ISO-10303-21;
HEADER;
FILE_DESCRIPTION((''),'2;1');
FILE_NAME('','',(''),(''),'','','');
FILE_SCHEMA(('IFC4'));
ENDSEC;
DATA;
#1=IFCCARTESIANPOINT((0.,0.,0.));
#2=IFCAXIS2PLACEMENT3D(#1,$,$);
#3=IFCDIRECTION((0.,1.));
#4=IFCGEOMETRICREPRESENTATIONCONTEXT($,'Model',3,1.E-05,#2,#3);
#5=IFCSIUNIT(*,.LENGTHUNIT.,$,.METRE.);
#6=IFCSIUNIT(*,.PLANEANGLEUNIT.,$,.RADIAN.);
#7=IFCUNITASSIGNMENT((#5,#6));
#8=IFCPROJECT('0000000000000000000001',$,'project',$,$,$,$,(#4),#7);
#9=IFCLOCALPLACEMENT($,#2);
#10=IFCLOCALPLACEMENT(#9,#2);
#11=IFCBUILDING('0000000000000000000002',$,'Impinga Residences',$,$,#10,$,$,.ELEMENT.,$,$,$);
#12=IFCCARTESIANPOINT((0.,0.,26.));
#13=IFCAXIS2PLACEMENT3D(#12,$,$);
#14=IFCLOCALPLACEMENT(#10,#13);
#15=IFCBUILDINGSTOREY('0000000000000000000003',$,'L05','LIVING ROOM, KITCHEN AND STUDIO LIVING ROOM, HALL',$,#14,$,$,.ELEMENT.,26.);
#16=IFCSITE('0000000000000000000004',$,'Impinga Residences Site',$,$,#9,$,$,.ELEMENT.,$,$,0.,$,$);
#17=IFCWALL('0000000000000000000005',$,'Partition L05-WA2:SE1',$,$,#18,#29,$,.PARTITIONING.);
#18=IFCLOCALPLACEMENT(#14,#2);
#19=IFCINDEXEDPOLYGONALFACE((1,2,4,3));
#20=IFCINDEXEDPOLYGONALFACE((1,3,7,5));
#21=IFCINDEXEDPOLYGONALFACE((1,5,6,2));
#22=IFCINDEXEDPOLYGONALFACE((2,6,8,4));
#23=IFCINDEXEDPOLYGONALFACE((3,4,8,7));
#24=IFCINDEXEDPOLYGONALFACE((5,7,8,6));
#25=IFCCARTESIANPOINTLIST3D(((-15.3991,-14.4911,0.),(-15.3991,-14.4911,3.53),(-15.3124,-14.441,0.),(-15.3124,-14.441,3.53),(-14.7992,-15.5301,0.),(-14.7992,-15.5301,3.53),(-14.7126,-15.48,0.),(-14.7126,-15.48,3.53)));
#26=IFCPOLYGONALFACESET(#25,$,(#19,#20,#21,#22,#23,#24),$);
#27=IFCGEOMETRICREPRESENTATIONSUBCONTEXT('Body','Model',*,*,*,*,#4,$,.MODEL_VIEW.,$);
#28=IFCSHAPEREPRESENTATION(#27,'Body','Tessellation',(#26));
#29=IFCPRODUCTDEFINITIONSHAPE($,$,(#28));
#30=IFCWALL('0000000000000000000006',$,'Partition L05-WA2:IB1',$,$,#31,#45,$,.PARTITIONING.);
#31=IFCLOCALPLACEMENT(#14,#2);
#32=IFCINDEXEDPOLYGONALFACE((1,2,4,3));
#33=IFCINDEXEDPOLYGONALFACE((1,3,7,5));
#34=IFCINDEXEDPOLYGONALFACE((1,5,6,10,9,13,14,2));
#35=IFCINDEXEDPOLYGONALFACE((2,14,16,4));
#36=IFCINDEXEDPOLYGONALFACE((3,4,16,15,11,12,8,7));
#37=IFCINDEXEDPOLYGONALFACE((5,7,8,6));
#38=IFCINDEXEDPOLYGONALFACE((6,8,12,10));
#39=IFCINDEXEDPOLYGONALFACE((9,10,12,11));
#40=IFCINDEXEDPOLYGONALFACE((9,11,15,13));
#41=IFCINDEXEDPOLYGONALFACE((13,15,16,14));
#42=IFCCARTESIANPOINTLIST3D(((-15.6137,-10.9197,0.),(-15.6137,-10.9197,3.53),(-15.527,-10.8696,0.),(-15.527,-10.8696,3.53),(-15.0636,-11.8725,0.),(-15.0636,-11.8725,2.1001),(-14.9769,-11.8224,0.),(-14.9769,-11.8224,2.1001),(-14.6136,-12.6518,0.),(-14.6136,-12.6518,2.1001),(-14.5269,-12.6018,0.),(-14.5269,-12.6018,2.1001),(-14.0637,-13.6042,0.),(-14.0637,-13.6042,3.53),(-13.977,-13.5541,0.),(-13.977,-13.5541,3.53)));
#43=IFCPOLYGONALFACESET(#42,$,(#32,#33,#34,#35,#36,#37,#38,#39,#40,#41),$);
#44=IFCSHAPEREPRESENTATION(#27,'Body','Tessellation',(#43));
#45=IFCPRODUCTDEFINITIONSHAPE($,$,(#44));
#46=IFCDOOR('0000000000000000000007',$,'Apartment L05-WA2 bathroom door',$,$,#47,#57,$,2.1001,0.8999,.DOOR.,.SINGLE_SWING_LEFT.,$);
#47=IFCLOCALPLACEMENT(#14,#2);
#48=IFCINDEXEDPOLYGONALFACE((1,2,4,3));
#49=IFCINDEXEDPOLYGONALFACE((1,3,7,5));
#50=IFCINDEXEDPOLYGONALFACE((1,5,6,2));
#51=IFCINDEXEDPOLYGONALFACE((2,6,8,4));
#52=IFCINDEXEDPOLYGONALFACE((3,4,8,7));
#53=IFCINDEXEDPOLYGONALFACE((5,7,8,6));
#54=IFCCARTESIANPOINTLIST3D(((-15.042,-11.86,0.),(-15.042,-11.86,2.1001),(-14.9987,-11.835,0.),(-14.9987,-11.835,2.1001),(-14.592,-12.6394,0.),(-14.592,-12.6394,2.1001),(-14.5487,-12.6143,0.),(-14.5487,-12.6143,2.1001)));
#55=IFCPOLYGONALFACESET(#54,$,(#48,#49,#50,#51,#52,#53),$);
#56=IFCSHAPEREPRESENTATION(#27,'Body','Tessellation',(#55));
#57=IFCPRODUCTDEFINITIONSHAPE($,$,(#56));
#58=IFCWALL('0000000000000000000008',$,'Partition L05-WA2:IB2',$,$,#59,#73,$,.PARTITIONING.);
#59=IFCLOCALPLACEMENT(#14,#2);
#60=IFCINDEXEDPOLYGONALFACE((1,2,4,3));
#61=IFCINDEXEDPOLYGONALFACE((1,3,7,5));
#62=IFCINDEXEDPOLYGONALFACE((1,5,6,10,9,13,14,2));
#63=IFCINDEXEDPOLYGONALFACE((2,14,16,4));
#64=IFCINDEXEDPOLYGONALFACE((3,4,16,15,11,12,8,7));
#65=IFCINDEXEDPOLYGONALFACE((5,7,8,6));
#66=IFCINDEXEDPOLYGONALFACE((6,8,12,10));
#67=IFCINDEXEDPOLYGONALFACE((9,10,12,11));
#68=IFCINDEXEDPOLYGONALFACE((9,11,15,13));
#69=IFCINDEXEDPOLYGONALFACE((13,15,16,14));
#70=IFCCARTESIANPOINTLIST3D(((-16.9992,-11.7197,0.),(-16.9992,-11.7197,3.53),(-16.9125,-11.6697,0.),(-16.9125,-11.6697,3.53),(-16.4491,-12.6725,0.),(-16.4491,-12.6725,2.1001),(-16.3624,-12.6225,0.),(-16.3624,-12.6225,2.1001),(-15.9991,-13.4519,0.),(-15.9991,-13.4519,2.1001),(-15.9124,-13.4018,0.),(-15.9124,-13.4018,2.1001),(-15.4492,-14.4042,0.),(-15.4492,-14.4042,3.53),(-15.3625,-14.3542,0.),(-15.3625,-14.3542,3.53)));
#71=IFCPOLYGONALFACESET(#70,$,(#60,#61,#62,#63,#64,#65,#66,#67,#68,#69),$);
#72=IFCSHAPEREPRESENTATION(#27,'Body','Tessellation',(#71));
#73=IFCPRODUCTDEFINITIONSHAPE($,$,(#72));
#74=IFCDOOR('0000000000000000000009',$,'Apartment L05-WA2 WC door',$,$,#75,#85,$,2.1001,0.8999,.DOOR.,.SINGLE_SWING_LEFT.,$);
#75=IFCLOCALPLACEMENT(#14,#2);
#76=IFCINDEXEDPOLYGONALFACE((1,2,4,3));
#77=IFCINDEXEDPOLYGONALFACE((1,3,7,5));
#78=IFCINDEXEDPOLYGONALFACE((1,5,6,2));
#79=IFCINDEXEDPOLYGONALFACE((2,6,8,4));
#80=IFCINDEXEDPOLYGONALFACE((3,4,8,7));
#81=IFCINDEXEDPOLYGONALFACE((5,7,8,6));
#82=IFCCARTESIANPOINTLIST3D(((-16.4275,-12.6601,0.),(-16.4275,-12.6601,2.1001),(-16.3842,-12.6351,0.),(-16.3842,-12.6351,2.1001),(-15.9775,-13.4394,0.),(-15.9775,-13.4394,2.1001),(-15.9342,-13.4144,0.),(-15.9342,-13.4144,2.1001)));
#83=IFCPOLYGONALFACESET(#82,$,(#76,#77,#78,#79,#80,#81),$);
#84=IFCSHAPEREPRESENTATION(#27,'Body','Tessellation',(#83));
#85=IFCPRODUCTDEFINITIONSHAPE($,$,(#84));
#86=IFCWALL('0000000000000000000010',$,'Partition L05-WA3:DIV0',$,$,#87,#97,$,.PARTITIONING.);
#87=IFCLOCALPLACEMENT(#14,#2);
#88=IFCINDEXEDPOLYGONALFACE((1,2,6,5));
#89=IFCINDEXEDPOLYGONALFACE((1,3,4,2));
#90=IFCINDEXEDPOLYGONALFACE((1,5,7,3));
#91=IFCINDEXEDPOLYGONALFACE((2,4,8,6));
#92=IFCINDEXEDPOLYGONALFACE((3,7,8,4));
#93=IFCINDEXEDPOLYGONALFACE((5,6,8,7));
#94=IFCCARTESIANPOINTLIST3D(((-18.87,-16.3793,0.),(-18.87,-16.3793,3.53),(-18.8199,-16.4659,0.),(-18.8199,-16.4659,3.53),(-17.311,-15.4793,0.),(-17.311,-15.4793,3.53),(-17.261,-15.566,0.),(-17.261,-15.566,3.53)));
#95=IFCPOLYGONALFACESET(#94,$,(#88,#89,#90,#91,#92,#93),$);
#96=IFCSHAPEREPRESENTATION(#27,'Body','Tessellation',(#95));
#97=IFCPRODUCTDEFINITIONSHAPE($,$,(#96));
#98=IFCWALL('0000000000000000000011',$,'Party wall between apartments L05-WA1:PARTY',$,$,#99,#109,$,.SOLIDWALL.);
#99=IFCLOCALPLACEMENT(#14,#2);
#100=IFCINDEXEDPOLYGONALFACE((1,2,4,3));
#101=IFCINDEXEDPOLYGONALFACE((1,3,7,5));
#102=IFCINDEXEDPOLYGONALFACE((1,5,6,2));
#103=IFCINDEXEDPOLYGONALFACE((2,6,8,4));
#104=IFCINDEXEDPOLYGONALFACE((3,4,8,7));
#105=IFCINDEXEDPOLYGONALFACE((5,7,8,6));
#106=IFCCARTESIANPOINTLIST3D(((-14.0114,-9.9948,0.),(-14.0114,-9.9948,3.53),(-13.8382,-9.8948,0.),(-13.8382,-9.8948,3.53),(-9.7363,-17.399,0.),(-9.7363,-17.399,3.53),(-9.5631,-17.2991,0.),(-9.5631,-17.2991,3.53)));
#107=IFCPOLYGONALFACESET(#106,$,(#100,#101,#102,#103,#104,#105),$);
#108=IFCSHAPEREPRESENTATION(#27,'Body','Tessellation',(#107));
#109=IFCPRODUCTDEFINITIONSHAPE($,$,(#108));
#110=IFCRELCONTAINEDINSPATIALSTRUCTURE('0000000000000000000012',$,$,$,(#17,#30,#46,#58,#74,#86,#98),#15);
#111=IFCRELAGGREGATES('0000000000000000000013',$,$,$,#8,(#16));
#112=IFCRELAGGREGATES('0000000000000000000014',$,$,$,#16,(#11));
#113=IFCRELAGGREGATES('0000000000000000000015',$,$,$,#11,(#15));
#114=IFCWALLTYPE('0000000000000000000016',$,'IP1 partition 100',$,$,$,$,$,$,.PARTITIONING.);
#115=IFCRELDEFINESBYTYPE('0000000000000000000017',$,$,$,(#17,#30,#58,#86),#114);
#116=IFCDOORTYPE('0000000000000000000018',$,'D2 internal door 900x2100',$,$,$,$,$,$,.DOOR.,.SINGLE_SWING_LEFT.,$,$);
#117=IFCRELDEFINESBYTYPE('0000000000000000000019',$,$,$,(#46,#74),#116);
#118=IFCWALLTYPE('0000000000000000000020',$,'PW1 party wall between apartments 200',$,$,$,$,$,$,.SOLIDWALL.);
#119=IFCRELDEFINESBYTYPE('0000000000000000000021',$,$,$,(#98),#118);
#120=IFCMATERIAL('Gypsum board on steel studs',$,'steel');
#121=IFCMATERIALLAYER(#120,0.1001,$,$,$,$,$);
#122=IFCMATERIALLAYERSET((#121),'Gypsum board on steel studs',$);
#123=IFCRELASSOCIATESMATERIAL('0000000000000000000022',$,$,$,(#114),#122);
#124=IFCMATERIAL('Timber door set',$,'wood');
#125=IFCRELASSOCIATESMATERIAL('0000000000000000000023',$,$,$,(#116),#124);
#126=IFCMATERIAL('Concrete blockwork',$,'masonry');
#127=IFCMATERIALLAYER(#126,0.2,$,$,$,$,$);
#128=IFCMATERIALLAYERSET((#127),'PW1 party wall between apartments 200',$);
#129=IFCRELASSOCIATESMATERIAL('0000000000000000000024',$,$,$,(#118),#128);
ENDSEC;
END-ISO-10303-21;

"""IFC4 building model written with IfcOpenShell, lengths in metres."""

from ifc_helpers import new_model, si_unit, direction, frame, frame_2d, origin, place, context, subcontext, project, spatial, rectangle, extrude, material, layer, layer_set, type_object, element, fill, save


model = new_model("IFC4")

# Units and contexts
model_context = context("Model", 3, precision=1e-05, world=origin(), true_north=direction((0.0, 1.0)))
body_context = subcontext(model_context, "Body", "Model", "MODEL_VIEW")
ifc_project = project(units=[si_unit("LENGTHUNIT", "METRE"), si_unit("PLANEANGLEUNIT", "RADIAN")], contexts=[model_context])

# Site, building, storey
site_placement = place(None, origin())
site = spatial("IfcSite", under=ifc_project, at=site_placement, Name="Impinga Residences Site", CompositionType="ELEMENT", RefElevation=0.0)
building_placement = place(site_placement, origin())
building = spatial("IfcBuilding", under=site, at=building_placement, Name="Impinga Residences", CompositionType="ELEMENT")
storey_placement = place(building_placement, frame((0.0, 0.0, 26.0)))
storey = spatial("IfcBuildingStorey", under=building, at=storey_placement, Name="L05", Description="LIVING ROOM, KITCHEN AND STUDIO LIVING ROOM, HALL", CompositionType="ELEMENT", Elevation=26.0)

# Shared definitions
ifc_material_1 = material(Name="Gypsum board on steel studs", Category="steel")
ifc_layer_1 = layer(ifc_material_1, 0.1001)
ifc_layer_set_1 = layer_set([ifc_layer_1], Name="Gypsum board on steel studs")
wall_type_1 = type_object("IfcWallType", Name="IP1 partition 100", PredefinedType="PARTITIONING", material=ifc_layer_set_1)
ifc_material_2 = material(Name="Timber door set", Category="wood")
door_type = type_object("IfcDoorType", Name="D2 internal door 900x2100", OperationType="SINGLE_SWING_LEFT", PredefinedType="DOOR", material=ifc_material_2)

# Wall
wall_1_placement = place(storey_placement, frame((-15.3557, -14.4661, 0.0), z_axis=(0.0, 0.0, 1.0), x_axis=(0.499969, -0.866043, 0.0)))
element("IfcWall", 1, at=wall_1_placement, inside=storey, type_object=wall_type_1, Name="Partition L05-WA2:SE1", PredefinedType="PARTITIONING", context=body_context, shape_type="SweptSolid", body=[
    extrude(rectangle(XDim=1.1997, YDim=0.1001, at=frame_2d((0.5999, 0.0))), origin(), (0.0, 0.0, 1.0), 3.53),
])

# Walls, openings, doors
wall_2_placement = place(storey_placement, frame((-15.5703, -10.8948, 0.0), z_axis=(0.0, 0.0, 1.0), x_axis=(0.500027, -0.86601, 0.0)))
wall_2 = element("IfcWall", 2, at=wall_2_placement, inside=storey, type_object=wall_type_1, Name="Partition L05-WA2:IB1", PredefinedType="PARTITIONING", context=body_context, shape_type="SweptSolid", body=[
    extrude(rectangle(XDim=3.0999, YDim=0.1001, at=frame_2d((1.5498, 0.0))), origin(), (0.0, 0.0, 1.0), 3.53),
])
opening_1_placement = place(wall_2_placement, frame((1.1001, 0.0, 0.0)))
opening_1 = element("IfcOpeningElement", 3, at=opening_1_placement, cuts=wall_2, PredefinedType="OPENING", context=body_context, shape_type="SweptSolid", body=[
    extrude(rectangle(XDim=0.8999, YDim=2.1001, at=frame_2d((0.45, 1.05))), frame((0.0, 0.0601, 0.0), z_axis=(0.0, -1.0, 0.0), x_axis=(1.0, 0.0, 0.0)), (0.0, 0.0, 1.0), 0.1201),
])
door_1_placement = place(opening_1_placement, origin())
door_1 = element("IfcDoor", 4, at=door_1_placement, inside=storey, type_object=door_type, Name="Apartment L05-WA2 bathroom door", OperationType="SINGLE_SWING_LEFT", OverallHeight=2.1001, OverallWidth=0.8999, PredefinedType="DOOR", context=body_context, shape_type="SweptSolid", body=[
    extrude(rectangle(XDim=0.8999, YDim=2.1001, at=frame_2d((0.45, 1.05))), frame((0.0, 0.0249, 0.0), z_axis=(0.0, -1.0, 0.0), x_axis=(1.0, 0.0, 0.0)), (0.0, 0.0, 1.0), 0.05),
])
fill(opening_1, door_1)
wall_3_placement = place(storey_placement, frame((-16.9558, -11.6948, 0.0), z_axis=(0.0, 0.0, 1.0), x_axis=(0.500027, -0.86601, 0.0)))
wall_3 = element("IfcWall", 5, at=wall_3_placement, inside=storey, type_object=wall_type_1, Name="Partition L05-WA2:IB2", PredefinedType="PARTITIONING", context=body_context, shape_type="SweptSolid", body=[
    extrude(rectangle(XDim=3.0999, YDim=0.1001, at=frame_2d((1.5498, 0.0))), origin(), (0.0, 0.0, 1.0), 3.53),
])
opening_2_placement = place(wall_3_placement, frame((1.1001, 0.0, 0.0)))
opening_2 = element("IfcOpeningElement", 6, at=opening_2_placement, cuts=wall_3, PredefinedType="OPENING", context=body_context, shape_type="SweptSolid", body=[
    extrude(rectangle(XDim=0.8999, YDim=2.1001, at=frame_2d((0.45, 1.05))), frame((0.0, 0.0601, 0.0), z_axis=(0.0, -1.0, 0.0), x_axis=(1.0, 0.0, 0.0)), (0.0, 0.0, 1.0), 0.1201),
])
door_2_placement = place(opening_2_placement, origin())
door_2 = element("IfcDoor", 7, at=door_2_placement, inside=storey, type_object=door_type, Name="Apartment L05-WA2 WC door", OperationType="SINGLE_SWING_LEFT", OverallHeight=2.1001, OverallWidth=0.8999, PredefinedType="DOOR", context=body_context, shape_type="SweptSolid", body=[
    extrude(rectangle(XDim=0.8999, YDim=2.1001, at=frame_2d((0.45, 1.05))), frame((0.0, 0.0249, 0.0), z_axis=(0.0, -1.0, 0.0), x_axis=(1.0, 0.0, 0.0)), (0.0, 0.0, 1.0), 0.05),
])
fill(opening_2, door_2)

# Walls
wall_4_placement = place(storey_placement, frame((-17.2861, -15.5227, 0.0), z_axis=(0.0, 0.0, 1.0), x_axis=(-0.866048, -0.499961, 0.0)))
element("IfcWall", 8, at=wall_4_placement, inside=storey, type_object=wall_type_1, Name="Partition L05-WA3:DIV0", PredefinedType="PARTITIONING", context=body_context, shape_type="SweptSolid", body=[
    extrude(rectangle(XDim=1.8, YDim=0.1001, at=frame_2d((0.8999, 0.0))), origin(), (0.0, 0.0, 1.0), 3.53),
])
ifc_material_3 = material(Name="Concrete blockwork", Category="masonry")
ifc_layer_2 = layer(ifc_material_3, 0.2)
ifc_layer_set_2 = layer_set([ifc_layer_2], Name="PW1 party wall between apartments 200")
wall_type_2 = type_object("IfcWallType", Name="PW1 party wall between apartments 200", PredefinedType="SOLIDWALL", material=ifc_layer_set_2)
wall_5_placement = place(storey_placement, frame((-13.9248, -9.9448, 0.0), z_axis=(0.0, 0.0, 1.0), x_axis=(0.500024, -0.866012, 0.0)))
element("IfcWall", 9, at=wall_5_placement, inside=storey, type_object=wall_type_2, Name="Party wall between apartments L05-WA1:PARTY", PredefinedType="SOLIDWALL", context=body_context, shape_type="SweptSolid", body=[
    extrude(rectangle(XDim=8.5498, YDim=0.2, at=frame_2d((4.2749, 0.0))), origin(), (0.0, 0.0, 1.0), 3.53),
])

save(model, "model.ifc")
